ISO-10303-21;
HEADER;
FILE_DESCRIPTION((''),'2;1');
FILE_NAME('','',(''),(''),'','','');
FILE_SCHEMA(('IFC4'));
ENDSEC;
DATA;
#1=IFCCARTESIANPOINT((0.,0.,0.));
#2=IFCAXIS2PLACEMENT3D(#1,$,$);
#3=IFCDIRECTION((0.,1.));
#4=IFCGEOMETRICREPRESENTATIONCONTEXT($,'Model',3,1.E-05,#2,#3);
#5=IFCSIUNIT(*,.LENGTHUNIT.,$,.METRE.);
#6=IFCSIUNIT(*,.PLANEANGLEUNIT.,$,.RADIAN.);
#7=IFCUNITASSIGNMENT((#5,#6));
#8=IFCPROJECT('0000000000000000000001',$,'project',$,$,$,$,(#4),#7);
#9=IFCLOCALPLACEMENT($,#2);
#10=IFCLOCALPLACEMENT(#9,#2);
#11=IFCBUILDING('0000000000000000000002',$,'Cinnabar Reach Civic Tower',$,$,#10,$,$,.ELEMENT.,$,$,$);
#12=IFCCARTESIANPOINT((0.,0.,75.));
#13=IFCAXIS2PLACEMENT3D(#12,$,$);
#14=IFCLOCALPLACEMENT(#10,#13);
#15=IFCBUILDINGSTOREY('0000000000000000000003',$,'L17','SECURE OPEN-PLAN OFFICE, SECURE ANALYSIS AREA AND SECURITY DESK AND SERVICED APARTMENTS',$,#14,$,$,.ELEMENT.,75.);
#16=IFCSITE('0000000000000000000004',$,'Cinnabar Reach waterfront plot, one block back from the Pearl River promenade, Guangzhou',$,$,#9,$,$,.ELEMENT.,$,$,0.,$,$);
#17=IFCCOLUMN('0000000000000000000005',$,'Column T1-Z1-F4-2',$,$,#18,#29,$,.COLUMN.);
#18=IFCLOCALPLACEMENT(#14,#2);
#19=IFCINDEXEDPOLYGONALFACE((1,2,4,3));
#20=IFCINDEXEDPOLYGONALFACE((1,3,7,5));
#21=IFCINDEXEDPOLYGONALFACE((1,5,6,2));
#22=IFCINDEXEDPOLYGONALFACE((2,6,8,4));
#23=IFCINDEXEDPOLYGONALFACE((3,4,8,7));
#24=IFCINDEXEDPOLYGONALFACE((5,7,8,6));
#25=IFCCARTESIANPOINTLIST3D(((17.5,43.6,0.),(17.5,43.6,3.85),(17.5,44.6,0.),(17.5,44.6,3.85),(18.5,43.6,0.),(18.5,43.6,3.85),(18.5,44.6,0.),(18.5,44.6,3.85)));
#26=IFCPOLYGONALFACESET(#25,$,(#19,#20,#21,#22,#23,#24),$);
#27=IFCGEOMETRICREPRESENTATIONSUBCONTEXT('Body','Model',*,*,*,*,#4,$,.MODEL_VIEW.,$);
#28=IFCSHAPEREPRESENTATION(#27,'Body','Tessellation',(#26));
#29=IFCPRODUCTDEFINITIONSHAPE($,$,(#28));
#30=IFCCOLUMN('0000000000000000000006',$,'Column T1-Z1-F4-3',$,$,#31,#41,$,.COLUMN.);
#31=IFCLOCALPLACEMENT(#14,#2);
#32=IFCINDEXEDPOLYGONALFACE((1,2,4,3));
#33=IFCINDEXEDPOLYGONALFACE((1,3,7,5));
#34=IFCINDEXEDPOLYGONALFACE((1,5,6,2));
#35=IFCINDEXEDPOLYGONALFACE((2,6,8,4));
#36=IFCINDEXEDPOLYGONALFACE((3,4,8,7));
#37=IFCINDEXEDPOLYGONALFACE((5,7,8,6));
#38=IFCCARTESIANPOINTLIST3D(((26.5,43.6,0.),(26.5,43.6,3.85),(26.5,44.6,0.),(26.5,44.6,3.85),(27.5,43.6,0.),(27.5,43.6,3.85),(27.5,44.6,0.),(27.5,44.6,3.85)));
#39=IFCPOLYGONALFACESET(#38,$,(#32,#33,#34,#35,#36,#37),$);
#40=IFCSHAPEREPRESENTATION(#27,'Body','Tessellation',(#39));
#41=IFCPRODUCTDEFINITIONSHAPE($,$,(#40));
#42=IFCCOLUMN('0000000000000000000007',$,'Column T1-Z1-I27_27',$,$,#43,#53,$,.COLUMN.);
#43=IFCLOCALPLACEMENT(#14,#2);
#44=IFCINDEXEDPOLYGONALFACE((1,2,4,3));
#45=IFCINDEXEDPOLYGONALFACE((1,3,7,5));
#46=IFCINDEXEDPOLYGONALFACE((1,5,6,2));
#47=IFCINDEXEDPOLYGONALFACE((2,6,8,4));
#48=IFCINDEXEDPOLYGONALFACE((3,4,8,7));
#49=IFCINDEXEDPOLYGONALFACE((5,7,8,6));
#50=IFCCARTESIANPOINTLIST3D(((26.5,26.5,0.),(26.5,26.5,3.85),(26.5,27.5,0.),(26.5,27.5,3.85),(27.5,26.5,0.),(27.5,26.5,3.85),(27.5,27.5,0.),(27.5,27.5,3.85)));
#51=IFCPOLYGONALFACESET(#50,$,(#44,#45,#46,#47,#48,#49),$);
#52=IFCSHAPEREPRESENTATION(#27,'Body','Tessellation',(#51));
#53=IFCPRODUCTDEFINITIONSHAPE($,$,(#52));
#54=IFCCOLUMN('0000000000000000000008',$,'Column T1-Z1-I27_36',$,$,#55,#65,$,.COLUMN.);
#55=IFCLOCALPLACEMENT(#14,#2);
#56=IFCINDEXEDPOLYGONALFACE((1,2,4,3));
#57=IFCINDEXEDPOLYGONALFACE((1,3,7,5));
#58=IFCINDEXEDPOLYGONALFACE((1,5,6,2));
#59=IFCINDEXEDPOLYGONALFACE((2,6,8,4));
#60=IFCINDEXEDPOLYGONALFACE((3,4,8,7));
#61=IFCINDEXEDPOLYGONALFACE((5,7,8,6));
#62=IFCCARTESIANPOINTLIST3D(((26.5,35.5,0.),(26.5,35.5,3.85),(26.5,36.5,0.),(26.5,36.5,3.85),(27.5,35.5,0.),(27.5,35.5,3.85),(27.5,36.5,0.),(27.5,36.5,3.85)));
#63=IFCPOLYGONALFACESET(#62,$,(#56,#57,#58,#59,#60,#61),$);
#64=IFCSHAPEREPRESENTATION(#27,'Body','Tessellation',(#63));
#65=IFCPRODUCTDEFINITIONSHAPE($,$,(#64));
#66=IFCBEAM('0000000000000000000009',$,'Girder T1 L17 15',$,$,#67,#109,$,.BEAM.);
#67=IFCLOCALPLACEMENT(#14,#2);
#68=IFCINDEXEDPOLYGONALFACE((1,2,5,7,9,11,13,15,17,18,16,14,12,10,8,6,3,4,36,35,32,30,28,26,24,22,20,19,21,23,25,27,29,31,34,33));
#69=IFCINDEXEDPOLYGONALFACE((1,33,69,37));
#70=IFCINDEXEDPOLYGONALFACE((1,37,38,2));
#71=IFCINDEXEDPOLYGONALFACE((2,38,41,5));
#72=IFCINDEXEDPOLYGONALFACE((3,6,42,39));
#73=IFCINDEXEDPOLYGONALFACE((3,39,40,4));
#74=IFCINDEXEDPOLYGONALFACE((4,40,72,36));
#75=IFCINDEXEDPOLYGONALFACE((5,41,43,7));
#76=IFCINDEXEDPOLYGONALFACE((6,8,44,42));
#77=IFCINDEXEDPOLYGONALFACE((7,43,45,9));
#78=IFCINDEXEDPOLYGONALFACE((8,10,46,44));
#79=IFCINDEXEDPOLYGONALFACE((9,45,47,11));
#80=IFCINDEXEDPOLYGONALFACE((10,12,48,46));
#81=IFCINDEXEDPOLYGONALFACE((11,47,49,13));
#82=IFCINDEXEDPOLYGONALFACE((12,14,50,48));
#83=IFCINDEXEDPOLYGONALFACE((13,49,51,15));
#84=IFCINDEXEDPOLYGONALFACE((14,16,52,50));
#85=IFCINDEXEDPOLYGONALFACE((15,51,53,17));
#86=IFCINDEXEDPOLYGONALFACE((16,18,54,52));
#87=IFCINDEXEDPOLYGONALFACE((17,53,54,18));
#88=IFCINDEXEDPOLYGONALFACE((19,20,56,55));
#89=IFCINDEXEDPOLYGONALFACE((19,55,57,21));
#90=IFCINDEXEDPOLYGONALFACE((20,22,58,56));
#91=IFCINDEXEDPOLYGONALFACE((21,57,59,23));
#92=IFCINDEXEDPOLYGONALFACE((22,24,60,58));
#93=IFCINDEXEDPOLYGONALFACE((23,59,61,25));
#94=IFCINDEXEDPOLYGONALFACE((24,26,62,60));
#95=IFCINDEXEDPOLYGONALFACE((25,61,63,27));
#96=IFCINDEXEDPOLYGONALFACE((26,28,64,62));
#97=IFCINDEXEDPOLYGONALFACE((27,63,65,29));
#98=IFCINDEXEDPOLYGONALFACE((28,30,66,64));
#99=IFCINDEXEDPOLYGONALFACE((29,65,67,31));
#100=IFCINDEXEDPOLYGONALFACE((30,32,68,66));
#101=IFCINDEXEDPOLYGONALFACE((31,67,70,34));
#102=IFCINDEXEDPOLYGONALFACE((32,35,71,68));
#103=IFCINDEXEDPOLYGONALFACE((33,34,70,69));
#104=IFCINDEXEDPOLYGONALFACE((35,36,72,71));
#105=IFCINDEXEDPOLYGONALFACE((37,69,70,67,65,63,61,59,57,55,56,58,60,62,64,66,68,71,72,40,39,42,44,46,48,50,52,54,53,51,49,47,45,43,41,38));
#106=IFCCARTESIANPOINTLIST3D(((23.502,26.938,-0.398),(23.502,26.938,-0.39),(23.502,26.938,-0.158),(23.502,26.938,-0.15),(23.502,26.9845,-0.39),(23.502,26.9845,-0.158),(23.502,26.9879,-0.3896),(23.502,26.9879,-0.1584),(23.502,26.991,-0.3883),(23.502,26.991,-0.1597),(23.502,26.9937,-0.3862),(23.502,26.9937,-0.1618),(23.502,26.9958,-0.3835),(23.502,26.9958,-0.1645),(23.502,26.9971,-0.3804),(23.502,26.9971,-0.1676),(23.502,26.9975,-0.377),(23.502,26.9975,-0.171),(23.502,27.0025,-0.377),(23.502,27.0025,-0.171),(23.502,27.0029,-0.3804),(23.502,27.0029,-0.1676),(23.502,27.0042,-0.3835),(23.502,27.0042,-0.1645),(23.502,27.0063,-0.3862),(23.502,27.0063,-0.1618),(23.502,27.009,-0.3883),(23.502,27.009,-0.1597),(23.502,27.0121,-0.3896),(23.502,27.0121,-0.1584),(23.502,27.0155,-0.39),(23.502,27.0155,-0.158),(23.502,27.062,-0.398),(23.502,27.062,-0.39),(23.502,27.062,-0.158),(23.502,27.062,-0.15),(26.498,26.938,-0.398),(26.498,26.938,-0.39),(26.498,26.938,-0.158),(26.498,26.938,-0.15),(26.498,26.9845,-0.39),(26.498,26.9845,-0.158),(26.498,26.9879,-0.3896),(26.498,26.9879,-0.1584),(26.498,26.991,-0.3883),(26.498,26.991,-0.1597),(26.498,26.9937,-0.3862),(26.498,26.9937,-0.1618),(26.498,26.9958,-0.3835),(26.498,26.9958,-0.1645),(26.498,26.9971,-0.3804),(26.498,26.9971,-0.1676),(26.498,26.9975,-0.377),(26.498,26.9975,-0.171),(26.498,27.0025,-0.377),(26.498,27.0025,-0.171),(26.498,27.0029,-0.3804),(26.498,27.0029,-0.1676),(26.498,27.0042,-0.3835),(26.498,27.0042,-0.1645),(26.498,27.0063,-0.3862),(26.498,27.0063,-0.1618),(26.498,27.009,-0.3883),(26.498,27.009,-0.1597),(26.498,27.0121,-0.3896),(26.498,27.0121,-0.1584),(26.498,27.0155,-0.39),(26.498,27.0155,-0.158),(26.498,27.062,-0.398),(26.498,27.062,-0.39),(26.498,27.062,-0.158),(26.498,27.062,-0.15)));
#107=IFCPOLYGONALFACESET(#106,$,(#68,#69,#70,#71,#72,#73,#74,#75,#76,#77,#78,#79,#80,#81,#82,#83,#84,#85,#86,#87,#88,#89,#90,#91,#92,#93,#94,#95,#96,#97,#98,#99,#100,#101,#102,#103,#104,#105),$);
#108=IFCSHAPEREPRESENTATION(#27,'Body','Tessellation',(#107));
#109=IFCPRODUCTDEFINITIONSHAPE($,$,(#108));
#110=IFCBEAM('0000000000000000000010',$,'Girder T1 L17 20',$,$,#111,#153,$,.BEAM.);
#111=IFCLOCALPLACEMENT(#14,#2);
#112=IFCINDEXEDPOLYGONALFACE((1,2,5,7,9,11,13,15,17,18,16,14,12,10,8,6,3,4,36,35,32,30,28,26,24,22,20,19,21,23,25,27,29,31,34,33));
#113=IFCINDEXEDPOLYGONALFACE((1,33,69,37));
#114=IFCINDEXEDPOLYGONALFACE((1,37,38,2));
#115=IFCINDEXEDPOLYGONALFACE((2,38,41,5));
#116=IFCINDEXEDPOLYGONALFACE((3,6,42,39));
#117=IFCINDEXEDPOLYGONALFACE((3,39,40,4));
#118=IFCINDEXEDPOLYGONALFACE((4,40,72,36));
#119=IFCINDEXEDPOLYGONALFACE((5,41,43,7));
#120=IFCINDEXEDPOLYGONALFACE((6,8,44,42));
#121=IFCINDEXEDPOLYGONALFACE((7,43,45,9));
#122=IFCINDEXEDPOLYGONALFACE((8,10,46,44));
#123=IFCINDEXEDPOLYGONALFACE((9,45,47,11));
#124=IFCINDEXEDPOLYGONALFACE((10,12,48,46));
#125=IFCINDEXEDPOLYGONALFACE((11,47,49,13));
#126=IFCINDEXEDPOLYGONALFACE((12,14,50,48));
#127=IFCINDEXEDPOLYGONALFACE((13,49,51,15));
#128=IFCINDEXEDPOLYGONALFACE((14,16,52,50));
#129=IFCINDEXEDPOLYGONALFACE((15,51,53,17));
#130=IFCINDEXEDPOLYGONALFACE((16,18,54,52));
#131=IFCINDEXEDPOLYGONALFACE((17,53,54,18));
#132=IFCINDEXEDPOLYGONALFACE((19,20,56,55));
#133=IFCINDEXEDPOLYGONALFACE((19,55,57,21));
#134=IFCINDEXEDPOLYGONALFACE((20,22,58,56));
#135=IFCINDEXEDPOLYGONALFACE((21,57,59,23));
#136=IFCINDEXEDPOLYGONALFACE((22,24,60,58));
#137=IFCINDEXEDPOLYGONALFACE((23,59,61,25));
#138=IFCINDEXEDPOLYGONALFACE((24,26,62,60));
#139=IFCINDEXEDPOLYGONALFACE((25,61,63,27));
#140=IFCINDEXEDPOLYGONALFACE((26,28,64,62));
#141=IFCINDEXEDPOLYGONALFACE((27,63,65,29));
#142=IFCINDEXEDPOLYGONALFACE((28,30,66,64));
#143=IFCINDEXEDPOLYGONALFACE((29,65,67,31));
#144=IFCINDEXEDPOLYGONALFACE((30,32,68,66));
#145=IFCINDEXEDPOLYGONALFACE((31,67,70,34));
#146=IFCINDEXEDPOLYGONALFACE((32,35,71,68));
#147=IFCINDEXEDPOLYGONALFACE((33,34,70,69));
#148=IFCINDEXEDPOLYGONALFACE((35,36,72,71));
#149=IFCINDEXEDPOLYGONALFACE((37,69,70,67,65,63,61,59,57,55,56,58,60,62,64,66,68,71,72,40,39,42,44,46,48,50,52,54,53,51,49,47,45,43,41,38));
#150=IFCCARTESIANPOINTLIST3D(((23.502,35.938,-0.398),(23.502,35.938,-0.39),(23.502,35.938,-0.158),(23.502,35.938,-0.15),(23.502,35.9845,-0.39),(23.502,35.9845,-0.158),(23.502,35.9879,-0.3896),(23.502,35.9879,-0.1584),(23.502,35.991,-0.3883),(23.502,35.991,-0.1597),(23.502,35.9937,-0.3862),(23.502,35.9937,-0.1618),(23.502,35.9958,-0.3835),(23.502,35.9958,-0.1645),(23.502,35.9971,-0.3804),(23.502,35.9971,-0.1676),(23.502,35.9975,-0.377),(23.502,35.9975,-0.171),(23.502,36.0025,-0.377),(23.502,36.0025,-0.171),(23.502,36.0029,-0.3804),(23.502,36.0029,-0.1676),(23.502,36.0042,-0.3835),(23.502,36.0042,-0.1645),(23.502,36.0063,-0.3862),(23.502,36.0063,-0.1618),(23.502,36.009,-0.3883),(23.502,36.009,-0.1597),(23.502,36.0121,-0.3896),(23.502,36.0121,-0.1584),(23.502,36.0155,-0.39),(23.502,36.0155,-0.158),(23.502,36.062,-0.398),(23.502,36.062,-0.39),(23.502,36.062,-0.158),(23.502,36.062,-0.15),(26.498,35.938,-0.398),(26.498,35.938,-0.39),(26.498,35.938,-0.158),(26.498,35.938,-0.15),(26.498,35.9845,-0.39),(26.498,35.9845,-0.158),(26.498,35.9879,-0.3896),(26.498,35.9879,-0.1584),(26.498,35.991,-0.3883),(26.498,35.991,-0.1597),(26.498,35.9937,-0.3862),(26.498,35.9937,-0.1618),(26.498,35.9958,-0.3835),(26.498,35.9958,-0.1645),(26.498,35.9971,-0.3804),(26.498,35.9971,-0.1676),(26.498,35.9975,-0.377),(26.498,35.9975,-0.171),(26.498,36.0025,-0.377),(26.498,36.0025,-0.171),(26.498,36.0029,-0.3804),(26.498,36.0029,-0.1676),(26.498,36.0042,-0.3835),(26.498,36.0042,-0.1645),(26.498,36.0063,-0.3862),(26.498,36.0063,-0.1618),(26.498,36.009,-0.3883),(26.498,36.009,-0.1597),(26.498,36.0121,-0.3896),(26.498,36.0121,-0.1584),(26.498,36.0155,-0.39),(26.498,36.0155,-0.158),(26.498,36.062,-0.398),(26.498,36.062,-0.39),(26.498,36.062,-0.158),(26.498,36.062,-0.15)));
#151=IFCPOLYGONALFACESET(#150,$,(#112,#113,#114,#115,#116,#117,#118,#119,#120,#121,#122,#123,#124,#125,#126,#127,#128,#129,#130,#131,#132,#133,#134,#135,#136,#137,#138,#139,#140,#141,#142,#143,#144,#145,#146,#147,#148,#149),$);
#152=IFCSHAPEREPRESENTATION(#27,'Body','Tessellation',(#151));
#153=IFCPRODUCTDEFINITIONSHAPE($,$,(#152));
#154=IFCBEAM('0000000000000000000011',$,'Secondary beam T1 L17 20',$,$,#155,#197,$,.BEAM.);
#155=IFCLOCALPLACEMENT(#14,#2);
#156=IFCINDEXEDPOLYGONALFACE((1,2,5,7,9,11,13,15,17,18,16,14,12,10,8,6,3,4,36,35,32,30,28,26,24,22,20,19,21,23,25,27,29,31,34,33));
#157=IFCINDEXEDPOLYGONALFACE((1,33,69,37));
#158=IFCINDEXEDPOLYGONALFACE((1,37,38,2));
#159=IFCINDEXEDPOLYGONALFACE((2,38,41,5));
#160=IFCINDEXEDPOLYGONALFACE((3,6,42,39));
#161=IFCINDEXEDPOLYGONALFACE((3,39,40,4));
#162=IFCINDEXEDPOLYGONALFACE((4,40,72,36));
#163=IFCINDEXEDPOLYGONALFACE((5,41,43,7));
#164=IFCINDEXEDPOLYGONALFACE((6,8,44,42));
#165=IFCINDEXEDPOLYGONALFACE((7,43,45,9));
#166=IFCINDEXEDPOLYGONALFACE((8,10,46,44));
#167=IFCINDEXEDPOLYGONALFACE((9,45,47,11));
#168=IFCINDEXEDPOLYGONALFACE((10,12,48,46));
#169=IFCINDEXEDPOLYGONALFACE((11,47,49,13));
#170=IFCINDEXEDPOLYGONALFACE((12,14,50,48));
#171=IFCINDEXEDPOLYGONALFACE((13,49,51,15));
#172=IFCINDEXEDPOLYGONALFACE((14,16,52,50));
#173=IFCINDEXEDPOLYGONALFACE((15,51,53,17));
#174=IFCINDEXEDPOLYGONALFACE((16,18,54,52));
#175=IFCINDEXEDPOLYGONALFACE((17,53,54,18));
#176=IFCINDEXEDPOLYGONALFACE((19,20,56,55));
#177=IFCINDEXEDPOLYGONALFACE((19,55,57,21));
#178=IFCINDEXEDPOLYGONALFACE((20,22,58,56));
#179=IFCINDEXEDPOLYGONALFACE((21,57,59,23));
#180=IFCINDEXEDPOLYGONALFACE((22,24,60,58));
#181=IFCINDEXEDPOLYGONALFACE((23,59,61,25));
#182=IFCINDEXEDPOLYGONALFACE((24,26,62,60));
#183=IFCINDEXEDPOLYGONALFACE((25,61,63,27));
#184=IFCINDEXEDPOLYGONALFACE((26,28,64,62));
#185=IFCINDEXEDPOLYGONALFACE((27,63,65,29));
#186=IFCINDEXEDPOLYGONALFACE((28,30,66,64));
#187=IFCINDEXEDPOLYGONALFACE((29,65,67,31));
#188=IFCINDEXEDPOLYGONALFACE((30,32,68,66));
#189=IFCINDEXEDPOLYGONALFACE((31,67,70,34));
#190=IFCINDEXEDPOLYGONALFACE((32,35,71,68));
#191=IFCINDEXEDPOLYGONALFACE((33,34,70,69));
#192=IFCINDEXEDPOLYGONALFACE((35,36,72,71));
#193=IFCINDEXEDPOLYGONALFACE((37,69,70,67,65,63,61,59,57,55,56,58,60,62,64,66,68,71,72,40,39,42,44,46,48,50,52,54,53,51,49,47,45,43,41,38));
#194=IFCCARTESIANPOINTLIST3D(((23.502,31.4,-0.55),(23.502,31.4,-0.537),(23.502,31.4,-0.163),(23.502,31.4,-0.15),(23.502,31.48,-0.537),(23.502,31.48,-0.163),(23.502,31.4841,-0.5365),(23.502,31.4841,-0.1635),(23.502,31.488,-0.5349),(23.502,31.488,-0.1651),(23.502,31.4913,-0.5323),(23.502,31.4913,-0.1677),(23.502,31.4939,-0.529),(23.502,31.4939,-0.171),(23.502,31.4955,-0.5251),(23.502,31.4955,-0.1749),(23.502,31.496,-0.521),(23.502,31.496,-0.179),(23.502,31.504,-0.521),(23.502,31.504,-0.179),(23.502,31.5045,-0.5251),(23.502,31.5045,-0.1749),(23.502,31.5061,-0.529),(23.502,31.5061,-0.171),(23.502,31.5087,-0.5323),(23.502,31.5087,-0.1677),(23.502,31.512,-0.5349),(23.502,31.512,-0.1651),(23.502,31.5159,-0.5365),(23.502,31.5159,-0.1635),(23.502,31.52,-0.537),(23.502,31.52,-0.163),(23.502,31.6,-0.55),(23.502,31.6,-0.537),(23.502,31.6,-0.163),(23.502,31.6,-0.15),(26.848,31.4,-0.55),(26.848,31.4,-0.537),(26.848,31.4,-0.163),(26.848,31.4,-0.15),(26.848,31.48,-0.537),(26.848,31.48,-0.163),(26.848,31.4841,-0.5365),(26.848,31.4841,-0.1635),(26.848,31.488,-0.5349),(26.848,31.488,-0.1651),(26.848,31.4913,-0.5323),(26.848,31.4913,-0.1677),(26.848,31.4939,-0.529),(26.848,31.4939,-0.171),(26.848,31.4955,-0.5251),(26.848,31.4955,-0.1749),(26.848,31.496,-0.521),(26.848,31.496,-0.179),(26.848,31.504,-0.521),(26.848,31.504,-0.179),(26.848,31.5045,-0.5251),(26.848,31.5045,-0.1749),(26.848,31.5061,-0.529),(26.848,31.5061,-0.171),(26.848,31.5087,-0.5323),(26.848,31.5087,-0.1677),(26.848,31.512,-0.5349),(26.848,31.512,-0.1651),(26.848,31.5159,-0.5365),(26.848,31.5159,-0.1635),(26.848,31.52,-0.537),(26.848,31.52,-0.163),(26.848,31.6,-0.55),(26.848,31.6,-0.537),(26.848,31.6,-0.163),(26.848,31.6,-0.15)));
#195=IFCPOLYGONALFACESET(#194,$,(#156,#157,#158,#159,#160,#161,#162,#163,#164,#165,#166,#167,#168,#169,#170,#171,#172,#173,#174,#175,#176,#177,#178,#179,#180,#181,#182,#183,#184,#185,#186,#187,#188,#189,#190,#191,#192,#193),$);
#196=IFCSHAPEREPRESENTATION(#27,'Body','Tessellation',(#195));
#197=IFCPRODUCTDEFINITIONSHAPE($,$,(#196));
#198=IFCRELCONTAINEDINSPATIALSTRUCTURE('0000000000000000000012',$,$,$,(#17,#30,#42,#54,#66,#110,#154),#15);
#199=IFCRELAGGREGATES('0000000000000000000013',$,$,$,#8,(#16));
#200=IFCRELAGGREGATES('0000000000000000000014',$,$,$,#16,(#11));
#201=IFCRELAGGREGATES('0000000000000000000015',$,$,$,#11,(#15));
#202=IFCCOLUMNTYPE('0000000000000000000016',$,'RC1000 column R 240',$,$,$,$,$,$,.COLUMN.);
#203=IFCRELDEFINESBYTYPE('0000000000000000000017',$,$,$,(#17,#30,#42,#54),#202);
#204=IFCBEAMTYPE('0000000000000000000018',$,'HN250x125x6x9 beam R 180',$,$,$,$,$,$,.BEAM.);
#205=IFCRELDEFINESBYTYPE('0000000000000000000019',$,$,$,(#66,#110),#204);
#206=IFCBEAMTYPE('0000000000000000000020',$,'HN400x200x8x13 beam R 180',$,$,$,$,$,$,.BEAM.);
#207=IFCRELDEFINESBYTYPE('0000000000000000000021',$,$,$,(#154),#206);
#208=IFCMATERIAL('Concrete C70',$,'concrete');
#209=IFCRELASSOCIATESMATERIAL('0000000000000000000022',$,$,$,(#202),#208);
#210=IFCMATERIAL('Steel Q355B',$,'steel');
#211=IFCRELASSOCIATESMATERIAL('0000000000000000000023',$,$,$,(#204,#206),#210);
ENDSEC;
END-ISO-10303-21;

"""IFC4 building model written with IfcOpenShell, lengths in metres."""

from ifc_helpers import new_model, si_unit, direction, frame, origin, origin_2d, place, context, subcontext, project, spatial, rectangle, i_section, extrude, material, material_profile, profile_set, type_object, element, save


model = new_model("IFC4")

# Units and contexts
model_context = context("Model", 3, precision=1e-05, world=origin(), true_north=direction((0.0, 1.0)))
body_context = subcontext(model_context, "Body", "Model", "MODEL_VIEW")
ifc_project = project(units=[si_unit("LENGTHUNIT", "METRE"), si_unit("PLANEANGLEUNIT", "RADIAN")], contexts=[model_context])

# Site, building, storey
site_placement = place(None, origin())
site = spatial("IfcSite", under=ifc_project, at=site_placement, Name="Cinnabar Reach waterfront plot, one block back from the Pearl River promenade, Guangzhou", CompositionType="ELEMENT", RefElevation=0.0)
building_placement = place(site_placement, origin())
building = spatial("IfcBuilding", under=site, at=building_placement, Name="Cinnabar Reach Civic Tower", CompositionType="ELEMENT")
storey_placement = place(building_placement, frame((0.0, 0.0, 75.0)))
storey = spatial("IfcBuildingStorey", under=building, at=storey_placement, Name="L17", Description="SECURE OPEN-PLAN OFFICE, SECURE ANALYSIS AREA AND SECURITY DESK AND SERVICED APARTMENTS", CompositionType="ELEMENT", Elevation=75.0)

# Columns
ifc_material_1 = material(Name="Concrete C70", Category="concrete")
ifc_material_profile_1 = material_profile(ifc_material_1, rectangle(XDim=1.0, YDim=1.0, at=origin_2d()), Name="RC1000")
ifc_profile_set_1 = profile_set([ifc_material_profile_1], Name="Concrete C70")
column_type = type_object("IfcColumnType", Name="RC1000 column R 240", PredefinedType="COLUMN", material=ifc_profile_set_1)
for number, where, z_axis, x_axis, name in (
    (1, (18.0, 44.1, 0.0), (0.0, 0.0, 1.0), (1.0, 0.0, 0.0), "Column T1-Z1-F4-2"),
    (2, (27.0, 44.1, 0.0), (0.0, 0.0, 1.0), (1.0, 0.0, 0.0), "Column T1-Z1-F4-3"),
    (3, (27.0, 27.0, 0.0), (0.0, 0.0, 1.0), (1.0, 0.0, 0.0), "Column T1-Z1-I27_27"),
    (4, (27.0, 36.0, 0.0), (0.0, 0.0, 1.0), (1.0, 0.0, 0.0), "Column T1-Z1-I27_36"),
):
    element("IfcColumn", number, at=place(storey_placement, frame(where, z_axis=z_axis, x_axis=x_axis)), inside=storey, type_object=column_type, Name=name, PredefinedType="COLUMN", context=body_context, shape_type="SweptSolid", body=[
        extrude(rectangle(XDim=1.0, YDim=1.0, at=origin_2d()), origin(), (0.0, 0.0, 1.0), 3.85),
    ])

# Beams
ifc_material_2 = material(Name="Steel Q355B", Category="steel")
ifc_material_profile_2 = material_profile(ifc_material_2, i_section(OverallWidth=0.124, OverallDepth=0.248, WebThickness=0.005, FlangeThickness=0.008, FilletRadius=0.013, at=origin_2d()), Name="HN250x125x6x9")
ifc_profile_set_2 = profile_set([ifc_material_profile_2], Name="Steel Q355B")
beam_type_1 = type_object("IfcBeamType", Name="HN250x125x6x9 beam R 180", PredefinedType="BEAM", material=ifc_profile_set_2)
for number, where, z_axis, x_axis, name in (
    (5, (23.502, 27.0, -0.274), (1.0, 0.0, 0.0), (0.0, 1.0, 0.0), "Girder T1 L17 15"),
    (6, (23.502, 36.0, -0.274), (1.0, 0.0, 0.0), (0.0, 1.0, 0.0), "Girder T1 L17 20"),
):
    element("IfcBeam", number, at=place(storey_placement, frame(where, z_axis=z_axis, x_axis=x_axis)), inside=storey, type_object=beam_type_1, Name=name, PredefinedType="BEAM", context=body_context, shape_type="SweptSolid", body=[
        extrude(i_section(OverallWidth=0.124, OverallDepth=0.248, WebThickness=0.005, FlangeThickness=0.008, FilletRadius=0.013, at=origin_2d()), origin(), (0.0, 0.0, 1.0), 2.996),
    ])
ifc_material_profile_3 = material_profile(ifc_material_2, i_section(OverallWidth=0.2, OverallDepth=0.4, WebThickness=0.008, FlangeThickness=0.013, FilletRadius=0.016, at=origin_2d()), Name="HN400x200x8x13")
ifc_profile_set_3 = profile_set([ifc_material_profile_3], Name="Steel Q355B")
beam_type_2 = type_object("IfcBeamType", Name="HN400x200x8x13 beam R 180", PredefinedType="BEAM", material=ifc_profile_set_3)
for number, where, z_axis, x_axis, name in (
    (7, (23.502, 31.5, -0.35), (1.0, 0.0, 0.0), (0.0, 1.0, 0.0), "Secondary beam T1 L17 20"),
):
    element("IfcBeam", number, at=place(storey_placement, frame(where, z_axis=z_axis, x_axis=x_axis)), inside=storey, type_object=beam_type_2, Name=name, PredefinedType="BEAM", context=body_context, shape_type="SweptSolid", body=[
        extrude(i_section(OverallWidth=0.2, OverallDepth=0.4, WebThickness=0.008, FlangeThickness=0.013, FilletRadius=0.016, at=origin_2d()), origin(), (0.0, 0.0, 1.0), 3.346),
    ])

save(model, "model.ifc")
